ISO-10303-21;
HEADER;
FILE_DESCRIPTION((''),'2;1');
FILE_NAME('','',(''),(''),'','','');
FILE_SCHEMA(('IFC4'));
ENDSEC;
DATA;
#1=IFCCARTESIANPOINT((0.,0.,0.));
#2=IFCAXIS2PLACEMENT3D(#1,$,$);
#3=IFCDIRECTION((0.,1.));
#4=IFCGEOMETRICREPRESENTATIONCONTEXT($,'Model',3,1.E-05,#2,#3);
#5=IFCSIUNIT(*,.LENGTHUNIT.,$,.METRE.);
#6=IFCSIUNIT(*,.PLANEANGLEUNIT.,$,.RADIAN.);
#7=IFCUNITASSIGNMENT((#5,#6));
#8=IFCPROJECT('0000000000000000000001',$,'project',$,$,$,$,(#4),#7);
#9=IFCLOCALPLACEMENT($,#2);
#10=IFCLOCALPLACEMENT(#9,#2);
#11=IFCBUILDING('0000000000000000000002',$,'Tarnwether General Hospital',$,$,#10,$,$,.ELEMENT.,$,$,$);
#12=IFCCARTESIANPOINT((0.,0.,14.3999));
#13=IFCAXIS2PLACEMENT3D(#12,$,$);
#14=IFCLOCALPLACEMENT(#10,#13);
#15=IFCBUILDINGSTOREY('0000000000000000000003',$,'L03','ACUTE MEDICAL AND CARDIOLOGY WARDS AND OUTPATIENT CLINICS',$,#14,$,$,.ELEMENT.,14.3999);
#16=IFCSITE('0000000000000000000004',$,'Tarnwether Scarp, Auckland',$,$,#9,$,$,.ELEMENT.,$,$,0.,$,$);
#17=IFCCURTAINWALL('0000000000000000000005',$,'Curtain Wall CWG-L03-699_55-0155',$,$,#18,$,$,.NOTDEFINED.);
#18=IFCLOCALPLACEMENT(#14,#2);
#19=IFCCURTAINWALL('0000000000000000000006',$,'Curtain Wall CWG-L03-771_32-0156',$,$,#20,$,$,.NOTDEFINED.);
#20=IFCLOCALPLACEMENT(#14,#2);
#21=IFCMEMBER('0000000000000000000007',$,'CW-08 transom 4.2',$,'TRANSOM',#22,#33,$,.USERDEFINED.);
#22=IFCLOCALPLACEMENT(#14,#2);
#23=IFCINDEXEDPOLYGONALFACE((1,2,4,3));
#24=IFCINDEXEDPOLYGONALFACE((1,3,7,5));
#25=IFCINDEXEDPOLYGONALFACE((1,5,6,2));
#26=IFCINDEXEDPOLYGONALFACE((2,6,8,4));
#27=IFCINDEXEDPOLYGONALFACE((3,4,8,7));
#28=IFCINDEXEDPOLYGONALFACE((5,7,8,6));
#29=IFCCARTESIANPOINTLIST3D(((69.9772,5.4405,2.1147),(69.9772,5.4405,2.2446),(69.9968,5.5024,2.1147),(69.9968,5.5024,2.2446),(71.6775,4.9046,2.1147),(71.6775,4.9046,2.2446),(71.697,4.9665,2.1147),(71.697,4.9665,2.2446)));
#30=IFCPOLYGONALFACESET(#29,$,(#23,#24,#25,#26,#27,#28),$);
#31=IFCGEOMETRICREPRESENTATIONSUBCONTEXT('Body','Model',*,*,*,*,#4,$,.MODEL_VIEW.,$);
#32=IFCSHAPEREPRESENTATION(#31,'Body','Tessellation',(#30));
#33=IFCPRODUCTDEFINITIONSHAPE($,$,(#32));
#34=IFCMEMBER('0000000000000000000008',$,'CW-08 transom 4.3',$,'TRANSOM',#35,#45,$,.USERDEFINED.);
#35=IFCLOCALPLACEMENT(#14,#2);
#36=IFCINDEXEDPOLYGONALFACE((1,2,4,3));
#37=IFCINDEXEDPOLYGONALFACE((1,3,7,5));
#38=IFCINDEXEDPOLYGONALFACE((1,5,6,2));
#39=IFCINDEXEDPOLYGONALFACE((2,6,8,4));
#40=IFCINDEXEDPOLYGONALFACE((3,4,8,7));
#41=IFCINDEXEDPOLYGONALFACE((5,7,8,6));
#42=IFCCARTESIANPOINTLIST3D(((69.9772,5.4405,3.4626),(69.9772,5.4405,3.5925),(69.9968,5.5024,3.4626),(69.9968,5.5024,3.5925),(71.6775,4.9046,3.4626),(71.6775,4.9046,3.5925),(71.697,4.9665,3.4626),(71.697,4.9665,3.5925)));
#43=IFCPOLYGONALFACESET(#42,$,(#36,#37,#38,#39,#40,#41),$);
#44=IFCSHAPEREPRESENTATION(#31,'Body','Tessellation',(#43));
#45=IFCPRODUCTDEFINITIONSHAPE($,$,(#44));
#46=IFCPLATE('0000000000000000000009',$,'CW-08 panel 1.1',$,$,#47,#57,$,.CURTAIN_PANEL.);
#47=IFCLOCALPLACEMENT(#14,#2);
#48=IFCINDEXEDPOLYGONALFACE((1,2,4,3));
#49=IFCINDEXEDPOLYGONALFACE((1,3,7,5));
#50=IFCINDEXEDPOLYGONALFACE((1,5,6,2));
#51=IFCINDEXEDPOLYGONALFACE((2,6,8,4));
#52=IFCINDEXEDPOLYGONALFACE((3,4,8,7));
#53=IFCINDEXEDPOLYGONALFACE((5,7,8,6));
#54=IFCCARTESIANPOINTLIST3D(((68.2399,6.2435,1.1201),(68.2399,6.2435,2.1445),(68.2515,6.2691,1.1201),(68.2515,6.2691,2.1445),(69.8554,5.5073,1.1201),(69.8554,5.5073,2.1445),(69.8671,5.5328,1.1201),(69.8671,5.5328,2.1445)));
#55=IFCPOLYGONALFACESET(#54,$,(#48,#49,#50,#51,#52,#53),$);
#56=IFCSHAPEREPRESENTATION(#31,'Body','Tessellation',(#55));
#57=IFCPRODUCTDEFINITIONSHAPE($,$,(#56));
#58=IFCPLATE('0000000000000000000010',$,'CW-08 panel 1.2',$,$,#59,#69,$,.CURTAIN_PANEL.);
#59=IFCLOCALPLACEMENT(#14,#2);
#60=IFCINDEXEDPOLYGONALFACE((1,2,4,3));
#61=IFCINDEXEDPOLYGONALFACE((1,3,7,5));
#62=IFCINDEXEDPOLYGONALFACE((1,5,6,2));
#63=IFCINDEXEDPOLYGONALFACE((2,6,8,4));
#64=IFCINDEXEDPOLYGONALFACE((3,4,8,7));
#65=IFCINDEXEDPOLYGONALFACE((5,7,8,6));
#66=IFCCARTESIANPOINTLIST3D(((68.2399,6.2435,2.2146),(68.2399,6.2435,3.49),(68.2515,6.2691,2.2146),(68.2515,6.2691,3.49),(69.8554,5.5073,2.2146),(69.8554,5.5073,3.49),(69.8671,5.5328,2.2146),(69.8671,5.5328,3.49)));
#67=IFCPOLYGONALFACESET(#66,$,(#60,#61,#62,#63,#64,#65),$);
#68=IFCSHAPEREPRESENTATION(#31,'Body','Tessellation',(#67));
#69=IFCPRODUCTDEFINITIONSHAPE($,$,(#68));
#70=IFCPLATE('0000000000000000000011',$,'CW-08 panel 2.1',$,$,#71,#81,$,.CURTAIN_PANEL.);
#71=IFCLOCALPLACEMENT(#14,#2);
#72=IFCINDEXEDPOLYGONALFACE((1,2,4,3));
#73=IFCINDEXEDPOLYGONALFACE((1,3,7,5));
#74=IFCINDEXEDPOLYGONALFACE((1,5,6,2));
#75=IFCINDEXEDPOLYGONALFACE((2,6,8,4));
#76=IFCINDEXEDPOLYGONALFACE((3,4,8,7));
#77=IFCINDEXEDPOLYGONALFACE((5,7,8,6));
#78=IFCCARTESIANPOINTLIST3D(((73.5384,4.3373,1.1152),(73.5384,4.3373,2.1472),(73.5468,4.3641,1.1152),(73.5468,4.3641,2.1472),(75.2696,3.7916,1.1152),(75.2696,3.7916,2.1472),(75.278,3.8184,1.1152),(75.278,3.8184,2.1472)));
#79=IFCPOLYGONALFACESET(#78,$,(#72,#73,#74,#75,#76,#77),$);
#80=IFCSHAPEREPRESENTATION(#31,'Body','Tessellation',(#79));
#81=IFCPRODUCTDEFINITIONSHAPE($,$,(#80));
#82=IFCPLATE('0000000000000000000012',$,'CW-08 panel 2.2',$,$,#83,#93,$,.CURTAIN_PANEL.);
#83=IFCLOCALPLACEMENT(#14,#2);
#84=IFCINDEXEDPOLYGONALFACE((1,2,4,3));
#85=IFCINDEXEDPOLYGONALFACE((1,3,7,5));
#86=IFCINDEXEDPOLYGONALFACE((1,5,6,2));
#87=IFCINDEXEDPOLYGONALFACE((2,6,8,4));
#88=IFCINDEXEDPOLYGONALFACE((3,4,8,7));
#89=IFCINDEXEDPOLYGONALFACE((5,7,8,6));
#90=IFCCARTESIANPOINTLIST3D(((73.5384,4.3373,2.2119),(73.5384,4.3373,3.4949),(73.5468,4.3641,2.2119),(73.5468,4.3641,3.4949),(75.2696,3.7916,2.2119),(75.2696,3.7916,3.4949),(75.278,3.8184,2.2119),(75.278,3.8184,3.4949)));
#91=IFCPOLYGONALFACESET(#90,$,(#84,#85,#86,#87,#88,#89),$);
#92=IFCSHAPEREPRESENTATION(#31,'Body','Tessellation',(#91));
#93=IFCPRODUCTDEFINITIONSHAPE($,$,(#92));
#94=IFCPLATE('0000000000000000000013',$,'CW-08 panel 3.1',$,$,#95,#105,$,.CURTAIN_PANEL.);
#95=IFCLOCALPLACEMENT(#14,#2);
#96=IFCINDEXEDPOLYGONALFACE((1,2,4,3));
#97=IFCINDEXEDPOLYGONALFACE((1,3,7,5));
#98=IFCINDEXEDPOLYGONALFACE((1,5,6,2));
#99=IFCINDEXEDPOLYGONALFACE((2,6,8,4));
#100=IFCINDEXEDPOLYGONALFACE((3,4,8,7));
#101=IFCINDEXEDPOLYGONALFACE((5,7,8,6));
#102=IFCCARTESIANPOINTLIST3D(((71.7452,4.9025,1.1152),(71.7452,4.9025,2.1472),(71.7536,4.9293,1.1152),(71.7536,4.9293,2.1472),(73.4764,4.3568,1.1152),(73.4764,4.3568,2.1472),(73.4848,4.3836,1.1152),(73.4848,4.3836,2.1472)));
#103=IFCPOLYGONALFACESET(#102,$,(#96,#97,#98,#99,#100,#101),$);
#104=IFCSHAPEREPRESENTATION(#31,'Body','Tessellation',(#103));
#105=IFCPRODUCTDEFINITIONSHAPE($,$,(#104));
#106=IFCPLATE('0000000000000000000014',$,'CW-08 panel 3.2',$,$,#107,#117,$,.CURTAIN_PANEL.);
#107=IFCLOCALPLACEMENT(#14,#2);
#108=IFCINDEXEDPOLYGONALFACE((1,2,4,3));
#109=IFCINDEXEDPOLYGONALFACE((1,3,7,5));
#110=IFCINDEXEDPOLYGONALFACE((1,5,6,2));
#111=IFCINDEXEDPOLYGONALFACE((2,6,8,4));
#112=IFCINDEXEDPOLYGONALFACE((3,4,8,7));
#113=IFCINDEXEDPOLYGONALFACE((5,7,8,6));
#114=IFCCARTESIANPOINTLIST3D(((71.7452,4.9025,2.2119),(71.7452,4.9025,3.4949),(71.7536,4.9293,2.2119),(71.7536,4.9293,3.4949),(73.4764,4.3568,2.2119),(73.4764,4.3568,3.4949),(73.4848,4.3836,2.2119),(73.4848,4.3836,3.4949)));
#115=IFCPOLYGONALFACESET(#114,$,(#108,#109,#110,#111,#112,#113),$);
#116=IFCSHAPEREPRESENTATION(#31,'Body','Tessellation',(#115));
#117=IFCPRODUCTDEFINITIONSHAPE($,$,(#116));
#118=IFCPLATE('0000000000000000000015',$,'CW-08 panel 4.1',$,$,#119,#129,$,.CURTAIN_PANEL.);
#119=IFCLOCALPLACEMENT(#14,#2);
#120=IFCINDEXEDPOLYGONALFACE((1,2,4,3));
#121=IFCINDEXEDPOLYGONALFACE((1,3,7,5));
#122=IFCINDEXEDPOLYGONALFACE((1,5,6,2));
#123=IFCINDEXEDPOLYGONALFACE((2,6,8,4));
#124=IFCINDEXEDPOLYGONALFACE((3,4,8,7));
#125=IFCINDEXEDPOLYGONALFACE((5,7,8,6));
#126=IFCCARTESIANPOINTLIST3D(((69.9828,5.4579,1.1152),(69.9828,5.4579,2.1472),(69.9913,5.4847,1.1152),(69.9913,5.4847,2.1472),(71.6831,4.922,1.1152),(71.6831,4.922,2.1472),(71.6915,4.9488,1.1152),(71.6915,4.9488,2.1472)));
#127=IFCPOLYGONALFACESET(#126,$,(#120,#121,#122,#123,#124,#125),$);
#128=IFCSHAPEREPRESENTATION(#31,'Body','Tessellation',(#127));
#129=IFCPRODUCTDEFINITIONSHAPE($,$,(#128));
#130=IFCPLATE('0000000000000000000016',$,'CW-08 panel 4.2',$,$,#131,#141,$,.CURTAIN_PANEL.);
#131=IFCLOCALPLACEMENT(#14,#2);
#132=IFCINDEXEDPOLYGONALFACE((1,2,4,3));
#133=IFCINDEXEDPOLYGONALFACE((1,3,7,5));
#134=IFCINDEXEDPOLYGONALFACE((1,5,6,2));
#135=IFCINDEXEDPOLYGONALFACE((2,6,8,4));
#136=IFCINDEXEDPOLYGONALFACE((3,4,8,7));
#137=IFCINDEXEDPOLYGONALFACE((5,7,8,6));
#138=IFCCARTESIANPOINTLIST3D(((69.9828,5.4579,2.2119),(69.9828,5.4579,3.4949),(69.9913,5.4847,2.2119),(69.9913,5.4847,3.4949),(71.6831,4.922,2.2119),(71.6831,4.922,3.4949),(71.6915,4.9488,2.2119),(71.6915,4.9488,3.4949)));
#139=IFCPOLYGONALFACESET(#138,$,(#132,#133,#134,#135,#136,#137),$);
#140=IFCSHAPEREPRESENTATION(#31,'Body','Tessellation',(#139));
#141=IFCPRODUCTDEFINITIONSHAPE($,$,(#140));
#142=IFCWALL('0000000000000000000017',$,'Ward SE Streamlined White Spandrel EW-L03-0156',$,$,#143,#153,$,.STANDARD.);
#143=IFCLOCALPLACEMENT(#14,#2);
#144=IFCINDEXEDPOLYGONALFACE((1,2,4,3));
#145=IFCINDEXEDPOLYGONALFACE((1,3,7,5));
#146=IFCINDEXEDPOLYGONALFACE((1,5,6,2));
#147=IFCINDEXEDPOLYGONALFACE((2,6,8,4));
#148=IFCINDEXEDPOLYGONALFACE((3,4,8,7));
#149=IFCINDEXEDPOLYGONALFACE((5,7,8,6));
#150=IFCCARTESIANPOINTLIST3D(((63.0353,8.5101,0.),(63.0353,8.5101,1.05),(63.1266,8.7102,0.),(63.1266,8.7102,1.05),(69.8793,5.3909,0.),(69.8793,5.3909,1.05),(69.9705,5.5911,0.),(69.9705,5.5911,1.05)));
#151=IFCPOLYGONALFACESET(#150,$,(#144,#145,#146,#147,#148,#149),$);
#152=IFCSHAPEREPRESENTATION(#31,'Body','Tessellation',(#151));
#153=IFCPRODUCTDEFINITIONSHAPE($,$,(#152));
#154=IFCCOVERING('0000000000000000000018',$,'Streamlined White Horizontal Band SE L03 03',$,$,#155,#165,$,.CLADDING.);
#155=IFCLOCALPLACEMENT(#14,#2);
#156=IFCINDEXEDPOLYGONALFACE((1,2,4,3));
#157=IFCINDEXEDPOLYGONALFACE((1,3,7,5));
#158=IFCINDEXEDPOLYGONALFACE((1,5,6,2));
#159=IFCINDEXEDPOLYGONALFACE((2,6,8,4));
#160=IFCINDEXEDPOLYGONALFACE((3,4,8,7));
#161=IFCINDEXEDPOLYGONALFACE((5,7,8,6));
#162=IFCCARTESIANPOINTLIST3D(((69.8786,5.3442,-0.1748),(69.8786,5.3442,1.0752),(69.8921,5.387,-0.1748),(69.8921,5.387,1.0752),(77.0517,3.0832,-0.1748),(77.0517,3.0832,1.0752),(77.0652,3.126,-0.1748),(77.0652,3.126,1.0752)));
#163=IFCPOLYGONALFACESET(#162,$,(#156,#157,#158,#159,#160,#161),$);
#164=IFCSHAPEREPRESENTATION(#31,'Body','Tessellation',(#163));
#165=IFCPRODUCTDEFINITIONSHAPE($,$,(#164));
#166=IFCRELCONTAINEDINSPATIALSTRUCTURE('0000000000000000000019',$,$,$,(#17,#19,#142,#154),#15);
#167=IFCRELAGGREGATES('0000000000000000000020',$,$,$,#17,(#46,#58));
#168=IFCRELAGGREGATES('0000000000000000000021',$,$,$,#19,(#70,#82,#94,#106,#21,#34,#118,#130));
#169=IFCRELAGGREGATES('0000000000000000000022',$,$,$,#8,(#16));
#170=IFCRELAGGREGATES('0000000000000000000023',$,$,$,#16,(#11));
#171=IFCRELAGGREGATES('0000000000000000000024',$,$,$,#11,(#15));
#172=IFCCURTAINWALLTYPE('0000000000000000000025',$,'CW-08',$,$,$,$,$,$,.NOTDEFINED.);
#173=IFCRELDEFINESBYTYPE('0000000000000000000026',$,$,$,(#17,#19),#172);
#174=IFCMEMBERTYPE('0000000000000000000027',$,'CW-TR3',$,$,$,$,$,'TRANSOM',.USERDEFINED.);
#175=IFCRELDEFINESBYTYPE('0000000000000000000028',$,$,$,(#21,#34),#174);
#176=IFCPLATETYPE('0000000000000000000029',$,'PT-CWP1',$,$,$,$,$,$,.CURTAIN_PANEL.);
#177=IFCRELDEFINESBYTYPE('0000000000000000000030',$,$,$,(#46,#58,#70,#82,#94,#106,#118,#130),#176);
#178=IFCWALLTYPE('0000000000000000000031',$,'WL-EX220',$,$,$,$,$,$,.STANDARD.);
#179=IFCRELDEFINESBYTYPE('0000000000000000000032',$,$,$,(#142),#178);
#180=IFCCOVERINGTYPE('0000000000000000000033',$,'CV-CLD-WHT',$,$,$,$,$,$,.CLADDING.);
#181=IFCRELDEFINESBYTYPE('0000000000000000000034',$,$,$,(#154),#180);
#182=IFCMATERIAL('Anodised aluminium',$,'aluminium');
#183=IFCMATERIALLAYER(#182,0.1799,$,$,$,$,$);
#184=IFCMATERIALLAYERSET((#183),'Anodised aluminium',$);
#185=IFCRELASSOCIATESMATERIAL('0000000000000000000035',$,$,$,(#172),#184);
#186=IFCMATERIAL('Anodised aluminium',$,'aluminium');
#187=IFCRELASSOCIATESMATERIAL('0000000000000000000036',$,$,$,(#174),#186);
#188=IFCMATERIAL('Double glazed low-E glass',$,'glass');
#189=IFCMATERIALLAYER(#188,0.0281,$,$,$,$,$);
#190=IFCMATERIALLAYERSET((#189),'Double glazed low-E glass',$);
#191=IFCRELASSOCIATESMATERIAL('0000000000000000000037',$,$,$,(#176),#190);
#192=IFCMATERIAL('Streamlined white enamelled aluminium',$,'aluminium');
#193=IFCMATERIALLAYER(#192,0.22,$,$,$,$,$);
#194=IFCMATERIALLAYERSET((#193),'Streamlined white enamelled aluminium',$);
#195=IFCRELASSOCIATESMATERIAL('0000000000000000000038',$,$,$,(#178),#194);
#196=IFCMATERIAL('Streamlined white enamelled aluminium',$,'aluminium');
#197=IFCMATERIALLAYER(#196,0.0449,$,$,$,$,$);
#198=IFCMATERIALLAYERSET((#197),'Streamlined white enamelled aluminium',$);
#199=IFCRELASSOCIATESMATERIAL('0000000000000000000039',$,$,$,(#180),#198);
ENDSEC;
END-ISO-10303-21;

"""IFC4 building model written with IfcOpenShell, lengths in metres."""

from ifc_helpers import new_model, si_unit, direction, frame, frame_2d, origin, origin_2d, place, context, subcontext, project, spatial, rectangle, extrude, material, layer, layer_set, material_profile, profile_set, type_object, element, aggregate, save


model = new_model("IFC4")

# Units and contexts
model_context = context("Model", 3, precision=1e-05, world=origin(), true_north=direction((0.0, 1.0)))
body_context = subcontext(model_context, "Body", "Model", "MODEL_VIEW")
ifc_project = project(units=[si_unit("LENGTHUNIT", "METRE"), si_unit("PLANEANGLEUNIT", "RADIAN")], contexts=[model_context])

# Site, building, storey
site_placement = place(None, origin())
site = spatial("IfcSite", under=ifc_project, at=site_placement, Name="Tarnwether Scarp, Auckland", CompositionType="ELEMENT", RefElevation=0.0)
building_placement = place(site_placement, origin())
building = spatial("IfcBuilding", under=site, at=building_placement, Name="Tarnwether General Hospital", CompositionType="ELEMENT")
storey_placement = place(building_placement, frame((0.0, 0.0, 14.3999)))
storey = spatial("IfcBuildingStorey", under=building, at=storey_placement, Name="L03", Description="ACUTE MEDICAL AND CARDIOLOGY WARDS AND OUTPATIENT CLINICS", CompositionType="ELEMENT", Elevation=14.3999)

# Curtain wall
ifc_material_1 = material(Name="Anodised aluminium", Category="aluminium")
ifc_layer_1 = layer(ifc_material_1, 0.1799)
ifc_layer_set_1 = layer_set([ifc_layer_1], Name="Anodised aluminium")
curtain_wall_type = type_object("IfcCurtainWallType", Name="CW-08", PredefinedType="NOTDEFINED", material=ifc_layer_set_1)
curtain_wall_1_placement = place(storey_placement, origin())
curtain_wall_1 = element("IfcCurtainWall", 1, at=curtain_wall_1_placement, inside=storey, type_object=curtain_wall_type, Name="Curtain Wall CWG-L03-699_55-0155", PredefinedType="NOTDEFINED")

# Curtain wall
curtain_wall_2_placement = place(storey_placement, origin())
curtain_wall_2 = element("IfcCurtainWall", 2, at=curtain_wall_2_placement, inside=storey, type_object=curtain_wall_type, Name="Curtain Wall CWG-L03-771_32-0156", PredefinedType="NOTDEFINED")

# Members
ifc_material_2 = material(Name="Anodised aluminium", Category="aluminium")
ifc_material_profile_1 = material_profile(ifc_material_2, rectangle(XDim=0.0649, YDim=0.1299, at=origin_2d()), Name="ALU-TRN-65x130")
ifc_profile_set_1 = profile_set([ifc_material_profile_1], Name="Anodised aluminium")
member_type_1 = type_object("IfcMemberType", Name="CW-TR3", ElementType="TRANSOM", PredefinedType="USERDEFINED", material=ifc_profile_set_1)
member_1_placement = place(storey_placement, frame((71.6873, 4.9355, 2.1797), z_axis=(-0.953746, 0.300614, 0.0), x_axis=(-0.300614, -0.953746, 0.0)))
member_1 = element("IfcMember", 3, at=member_1_placement, type_object=member_type_1, Name="CW-08 transom 4.2", ObjectType="TRANSOM", PredefinedType="USERDEFINED", context=body_context, shape_type="SweptSolid", body=[
    extrude(rectangle(XDim=0.0649, YDim=0.1299, at=origin_2d()), origin(), (0.0, 0.0, 1.0), 1.7827),
])
member_2_placement = place(storey_placement, frame((71.6873, 4.9355, 3.5276), z_axis=(-0.953746, 0.300614, 0.0), x_axis=(-0.300614, -0.953746, 0.0)))
member_2 = element("IfcMember", 4, at=member_2_placement, type_object=member_type_1, Name="CW-08 transom 4.3", ObjectType="TRANSOM", PredefinedType="USERDEFINED", context=body_context, shape_type="SweptSolid", body=[
    extrude(rectangle(XDim=0.0649, YDim=0.1299, at=origin_2d()), origin(), (0.0, 0.0, 1.0), 1.7827),
])

# Plates
ifc_material_3 = material(Name="Double glazed low-E glass", Category="glass")
ifc_layer_2 = layer(ifc_material_3, 0.0281)
ifc_layer_set_2 = layer_set([ifc_layer_2], Name="Double glazed low-E glass")
plate_type = type_object("IfcPlateType", Name="PT-CWP1", PredefinedType="CURTAIN_PANEL", material=ifc_layer_set_2)
plate_1_placement = place(storey_placement, frame((69.0535, 5.8882, 1.1201), z_axis=(0.0, 0.0, 1.0), x_axis=(-0.909961, 0.414694, 0.0)))
plate_1 = element("IfcPlate", 5, at=plate_1_placement, type_object=plate_type, Name="CW-08 panel 1.1", PredefinedType="CURTAIN_PANEL", context=body_context, shape_type="SweptSolid", body=[
    extrude(rectangle(XDim=1.7754, YDim=0.0281, at=origin_2d()), origin(), (0.0, 0.0, 1.0), 1.0244),
])
plate_2_placement = place(storey_placement, frame((69.0535, 5.8882, 2.2146), z_axis=(0.0, 0.0, 1.0), x_axis=(-0.909961, 0.414694, 0.0)))
plate_2 = element("IfcPlate", 6, at=plate_2_placement, type_object=plate_type, Name="CW-08 panel 1.2", PredefinedType="CURTAIN_PANEL", context=body_context, shape_type="SweptSolid", body=[
    extrude(rectangle(XDim=1.7754, YDim=0.0281, at=origin_2d()), origin(), (0.0, 0.0, 1.0), 1.2754),
])
aggregate(curtain_wall_1, [plate_1, plate_2])
plate_3_placement = place(storey_placement, frame((74.4082, 4.0779, 1.1152), z_axis=(0.0, 0.0, 1.0), x_axis=(-0.953741, 0.300629, 0.0)))
plate_3 = element("IfcPlate", 7, at=plate_3_placement, type_object=plate_type, Name="CW-08 panel 2.1", PredefinedType="CURTAIN_PANEL", context=body_context, shape_type="SweptSolid", body=[
    extrude(rectangle(XDim=1.8152, YDim=0.0281, at=origin_2d()), origin(), (0.0, 0.0, 1.0), 1.032),
])
plate_4_placement = place(storey_placement, frame((74.4082, 4.0779, 2.2119), z_axis=(0.0, 0.0, 1.0), x_axis=(-0.953741, 0.300629, 0.0)))
plate_4 = element("IfcPlate", 8, at=plate_4_placement, type_object=plate_type, Name="CW-08 panel 2.2", PredefinedType="CURTAIN_PANEL", context=body_context, shape_type="SweptSolid", body=[
    extrude(rectangle(XDim=1.8152, YDim=0.0281, at=origin_2d()), origin(), (0.0, 0.0, 1.0), 1.283),
])
plate_5_placement = place(storey_placement, frame((72.615, 4.6431, 1.1152), z_axis=(0.0, 0.0, 1.0), x_axis=(-0.953741, 0.300629, 0.0)))
plate_5 = element("IfcPlate", 9, at=plate_5_placement, type_object=plate_type, Name="CW-08 panel 3.1", PredefinedType="CURTAIN_PANEL", context=body_context, shape_type="SweptSolid", body=[
    extrude(rectangle(XDim=1.8152, YDim=0.0281, at=origin_2d()), origin(), (0.0, 0.0, 1.0), 1.032),
])
plate_6_placement = place(storey_placement, frame((72.615, 4.6431, 2.2119), z_axis=(0.0, 0.0, 1.0), x_axis=(-0.953741, 0.300629, 0.0)))
plate_6 = element("IfcPlate", 10, at=plate_6_placement, type_object=plate_type, Name="CW-08 panel 3.2", PredefinedType="CURTAIN_PANEL", context=body_context, shape_type="SweptSolid", body=[
    extrude(rectangle(XDim=1.8152, YDim=0.0281, at=origin_2d()), origin(), (0.0, 0.0, 1.0), 1.283),
])
plate_7_placement = place(storey_placement, frame((70.8372, 5.2034, 1.1152), z_axis=(0.0, 0.0, 1.0), x_axis=(-0.953741, 0.300629, 0.0)))
plate_7 = element("IfcPlate", 11, at=plate_7_placement, type_object=plate_type, Name="CW-08 panel 4.1", PredefinedType="CURTAIN_PANEL", context=body_context, shape_type="SweptSolid", body=[
    extrude(rectangle(XDim=1.7827, YDim=0.0281, at=origin_2d()), origin(), (0.0, 0.0, 1.0), 1.032),
])
plate_8_placement = place(storey_placement, frame((70.8372, 5.2034, 2.2119), z_axis=(0.0, 0.0, 1.0), x_axis=(-0.953741, 0.300629, 0.0)))
plate_8 = element("IfcPlate", 12, at=plate_8_placement, type_object=plate_type, Name="CW-08 panel 4.2", PredefinedType="CURTAIN_PANEL", context=body_context, shape_type="SweptSolid", body=[
    extrude(rectangle(XDim=1.7827, YDim=0.0281, at=origin_2d()), origin(), (0.0, 0.0, 1.0), 1.283),
])
aggregate(curtain_wall_2, [plate_3, plate_4, plate_5, plate_6, member_1, member_2, plate_7, plate_8])

# Wall
ifc_material_4 = material(Name="Streamlined white enamelled aluminium", Category="aluminium")
ifc_layer_3 = layer(ifc_material_4, 0.22)
ifc_layer_set_3 = layer_set([ifc_layer_3], Name="Streamlined white enamelled aluminium")
wall_type = type_object("IfcWallType", Name="WL-EX220", PredefinedType="STANDARD", material=ifc_layer_set_3)
wall_placement = place(storey_placement, frame((69.925, 5.491, 0.0), z_axis=(0.0, 0.0, 1.0), x_axis=(-0.909954, 0.41471, 0.0)))
element("IfcWall", 13, at=wall_placement, inside=storey, type_object=wall_type, Name="Ward SE Streamlined White Spandrel EW-L03-0156", PredefinedType="STANDARD", context=body_context, shape_type="SweptSolid", body=[
    extrude(rectangle(XDim=7.5212, YDim=0.22, at=frame_2d((3.7607, 0.0))), origin(), (0.0, 0.0, 1.0), 1.05),
])

# Covering
ifc_material_5 = material(Name="Streamlined white enamelled aluminium", Category="aluminium")
ifc_layer_4 = layer(ifc_material_5, 0.0449)
ifc_layer_set_4 = layer_set([ifc_layer_4], Name="Streamlined white enamelled aluminium")
covering_type = type_object("IfcCoveringType", Name="CV-CLD-WHT", PredefinedType="CLADDING", material=ifc_layer_set_4)
covering_placement = place(storey_placement, frame((73.4719, 4.2351, -0.1748), z_axis=(0.0, 0.0, 1.0), x_axis=(-0.953743, 0.300623, 0.0)))
element("IfcCovering", 14, at=covering_placement, inside=storey, type_object=covering_type, Name="Streamlined White Horizontal Band SE L03 03", PredefinedType="CLADDING", context=body_context, shape_type="SweptSolid", body=[
    extrude(rectangle(XDim=7.521, YDim=0.0449, at=origin_2d()), origin(), (0.0, 0.0, 1.0), 1.25),
])

save(model, "model.ifc")
